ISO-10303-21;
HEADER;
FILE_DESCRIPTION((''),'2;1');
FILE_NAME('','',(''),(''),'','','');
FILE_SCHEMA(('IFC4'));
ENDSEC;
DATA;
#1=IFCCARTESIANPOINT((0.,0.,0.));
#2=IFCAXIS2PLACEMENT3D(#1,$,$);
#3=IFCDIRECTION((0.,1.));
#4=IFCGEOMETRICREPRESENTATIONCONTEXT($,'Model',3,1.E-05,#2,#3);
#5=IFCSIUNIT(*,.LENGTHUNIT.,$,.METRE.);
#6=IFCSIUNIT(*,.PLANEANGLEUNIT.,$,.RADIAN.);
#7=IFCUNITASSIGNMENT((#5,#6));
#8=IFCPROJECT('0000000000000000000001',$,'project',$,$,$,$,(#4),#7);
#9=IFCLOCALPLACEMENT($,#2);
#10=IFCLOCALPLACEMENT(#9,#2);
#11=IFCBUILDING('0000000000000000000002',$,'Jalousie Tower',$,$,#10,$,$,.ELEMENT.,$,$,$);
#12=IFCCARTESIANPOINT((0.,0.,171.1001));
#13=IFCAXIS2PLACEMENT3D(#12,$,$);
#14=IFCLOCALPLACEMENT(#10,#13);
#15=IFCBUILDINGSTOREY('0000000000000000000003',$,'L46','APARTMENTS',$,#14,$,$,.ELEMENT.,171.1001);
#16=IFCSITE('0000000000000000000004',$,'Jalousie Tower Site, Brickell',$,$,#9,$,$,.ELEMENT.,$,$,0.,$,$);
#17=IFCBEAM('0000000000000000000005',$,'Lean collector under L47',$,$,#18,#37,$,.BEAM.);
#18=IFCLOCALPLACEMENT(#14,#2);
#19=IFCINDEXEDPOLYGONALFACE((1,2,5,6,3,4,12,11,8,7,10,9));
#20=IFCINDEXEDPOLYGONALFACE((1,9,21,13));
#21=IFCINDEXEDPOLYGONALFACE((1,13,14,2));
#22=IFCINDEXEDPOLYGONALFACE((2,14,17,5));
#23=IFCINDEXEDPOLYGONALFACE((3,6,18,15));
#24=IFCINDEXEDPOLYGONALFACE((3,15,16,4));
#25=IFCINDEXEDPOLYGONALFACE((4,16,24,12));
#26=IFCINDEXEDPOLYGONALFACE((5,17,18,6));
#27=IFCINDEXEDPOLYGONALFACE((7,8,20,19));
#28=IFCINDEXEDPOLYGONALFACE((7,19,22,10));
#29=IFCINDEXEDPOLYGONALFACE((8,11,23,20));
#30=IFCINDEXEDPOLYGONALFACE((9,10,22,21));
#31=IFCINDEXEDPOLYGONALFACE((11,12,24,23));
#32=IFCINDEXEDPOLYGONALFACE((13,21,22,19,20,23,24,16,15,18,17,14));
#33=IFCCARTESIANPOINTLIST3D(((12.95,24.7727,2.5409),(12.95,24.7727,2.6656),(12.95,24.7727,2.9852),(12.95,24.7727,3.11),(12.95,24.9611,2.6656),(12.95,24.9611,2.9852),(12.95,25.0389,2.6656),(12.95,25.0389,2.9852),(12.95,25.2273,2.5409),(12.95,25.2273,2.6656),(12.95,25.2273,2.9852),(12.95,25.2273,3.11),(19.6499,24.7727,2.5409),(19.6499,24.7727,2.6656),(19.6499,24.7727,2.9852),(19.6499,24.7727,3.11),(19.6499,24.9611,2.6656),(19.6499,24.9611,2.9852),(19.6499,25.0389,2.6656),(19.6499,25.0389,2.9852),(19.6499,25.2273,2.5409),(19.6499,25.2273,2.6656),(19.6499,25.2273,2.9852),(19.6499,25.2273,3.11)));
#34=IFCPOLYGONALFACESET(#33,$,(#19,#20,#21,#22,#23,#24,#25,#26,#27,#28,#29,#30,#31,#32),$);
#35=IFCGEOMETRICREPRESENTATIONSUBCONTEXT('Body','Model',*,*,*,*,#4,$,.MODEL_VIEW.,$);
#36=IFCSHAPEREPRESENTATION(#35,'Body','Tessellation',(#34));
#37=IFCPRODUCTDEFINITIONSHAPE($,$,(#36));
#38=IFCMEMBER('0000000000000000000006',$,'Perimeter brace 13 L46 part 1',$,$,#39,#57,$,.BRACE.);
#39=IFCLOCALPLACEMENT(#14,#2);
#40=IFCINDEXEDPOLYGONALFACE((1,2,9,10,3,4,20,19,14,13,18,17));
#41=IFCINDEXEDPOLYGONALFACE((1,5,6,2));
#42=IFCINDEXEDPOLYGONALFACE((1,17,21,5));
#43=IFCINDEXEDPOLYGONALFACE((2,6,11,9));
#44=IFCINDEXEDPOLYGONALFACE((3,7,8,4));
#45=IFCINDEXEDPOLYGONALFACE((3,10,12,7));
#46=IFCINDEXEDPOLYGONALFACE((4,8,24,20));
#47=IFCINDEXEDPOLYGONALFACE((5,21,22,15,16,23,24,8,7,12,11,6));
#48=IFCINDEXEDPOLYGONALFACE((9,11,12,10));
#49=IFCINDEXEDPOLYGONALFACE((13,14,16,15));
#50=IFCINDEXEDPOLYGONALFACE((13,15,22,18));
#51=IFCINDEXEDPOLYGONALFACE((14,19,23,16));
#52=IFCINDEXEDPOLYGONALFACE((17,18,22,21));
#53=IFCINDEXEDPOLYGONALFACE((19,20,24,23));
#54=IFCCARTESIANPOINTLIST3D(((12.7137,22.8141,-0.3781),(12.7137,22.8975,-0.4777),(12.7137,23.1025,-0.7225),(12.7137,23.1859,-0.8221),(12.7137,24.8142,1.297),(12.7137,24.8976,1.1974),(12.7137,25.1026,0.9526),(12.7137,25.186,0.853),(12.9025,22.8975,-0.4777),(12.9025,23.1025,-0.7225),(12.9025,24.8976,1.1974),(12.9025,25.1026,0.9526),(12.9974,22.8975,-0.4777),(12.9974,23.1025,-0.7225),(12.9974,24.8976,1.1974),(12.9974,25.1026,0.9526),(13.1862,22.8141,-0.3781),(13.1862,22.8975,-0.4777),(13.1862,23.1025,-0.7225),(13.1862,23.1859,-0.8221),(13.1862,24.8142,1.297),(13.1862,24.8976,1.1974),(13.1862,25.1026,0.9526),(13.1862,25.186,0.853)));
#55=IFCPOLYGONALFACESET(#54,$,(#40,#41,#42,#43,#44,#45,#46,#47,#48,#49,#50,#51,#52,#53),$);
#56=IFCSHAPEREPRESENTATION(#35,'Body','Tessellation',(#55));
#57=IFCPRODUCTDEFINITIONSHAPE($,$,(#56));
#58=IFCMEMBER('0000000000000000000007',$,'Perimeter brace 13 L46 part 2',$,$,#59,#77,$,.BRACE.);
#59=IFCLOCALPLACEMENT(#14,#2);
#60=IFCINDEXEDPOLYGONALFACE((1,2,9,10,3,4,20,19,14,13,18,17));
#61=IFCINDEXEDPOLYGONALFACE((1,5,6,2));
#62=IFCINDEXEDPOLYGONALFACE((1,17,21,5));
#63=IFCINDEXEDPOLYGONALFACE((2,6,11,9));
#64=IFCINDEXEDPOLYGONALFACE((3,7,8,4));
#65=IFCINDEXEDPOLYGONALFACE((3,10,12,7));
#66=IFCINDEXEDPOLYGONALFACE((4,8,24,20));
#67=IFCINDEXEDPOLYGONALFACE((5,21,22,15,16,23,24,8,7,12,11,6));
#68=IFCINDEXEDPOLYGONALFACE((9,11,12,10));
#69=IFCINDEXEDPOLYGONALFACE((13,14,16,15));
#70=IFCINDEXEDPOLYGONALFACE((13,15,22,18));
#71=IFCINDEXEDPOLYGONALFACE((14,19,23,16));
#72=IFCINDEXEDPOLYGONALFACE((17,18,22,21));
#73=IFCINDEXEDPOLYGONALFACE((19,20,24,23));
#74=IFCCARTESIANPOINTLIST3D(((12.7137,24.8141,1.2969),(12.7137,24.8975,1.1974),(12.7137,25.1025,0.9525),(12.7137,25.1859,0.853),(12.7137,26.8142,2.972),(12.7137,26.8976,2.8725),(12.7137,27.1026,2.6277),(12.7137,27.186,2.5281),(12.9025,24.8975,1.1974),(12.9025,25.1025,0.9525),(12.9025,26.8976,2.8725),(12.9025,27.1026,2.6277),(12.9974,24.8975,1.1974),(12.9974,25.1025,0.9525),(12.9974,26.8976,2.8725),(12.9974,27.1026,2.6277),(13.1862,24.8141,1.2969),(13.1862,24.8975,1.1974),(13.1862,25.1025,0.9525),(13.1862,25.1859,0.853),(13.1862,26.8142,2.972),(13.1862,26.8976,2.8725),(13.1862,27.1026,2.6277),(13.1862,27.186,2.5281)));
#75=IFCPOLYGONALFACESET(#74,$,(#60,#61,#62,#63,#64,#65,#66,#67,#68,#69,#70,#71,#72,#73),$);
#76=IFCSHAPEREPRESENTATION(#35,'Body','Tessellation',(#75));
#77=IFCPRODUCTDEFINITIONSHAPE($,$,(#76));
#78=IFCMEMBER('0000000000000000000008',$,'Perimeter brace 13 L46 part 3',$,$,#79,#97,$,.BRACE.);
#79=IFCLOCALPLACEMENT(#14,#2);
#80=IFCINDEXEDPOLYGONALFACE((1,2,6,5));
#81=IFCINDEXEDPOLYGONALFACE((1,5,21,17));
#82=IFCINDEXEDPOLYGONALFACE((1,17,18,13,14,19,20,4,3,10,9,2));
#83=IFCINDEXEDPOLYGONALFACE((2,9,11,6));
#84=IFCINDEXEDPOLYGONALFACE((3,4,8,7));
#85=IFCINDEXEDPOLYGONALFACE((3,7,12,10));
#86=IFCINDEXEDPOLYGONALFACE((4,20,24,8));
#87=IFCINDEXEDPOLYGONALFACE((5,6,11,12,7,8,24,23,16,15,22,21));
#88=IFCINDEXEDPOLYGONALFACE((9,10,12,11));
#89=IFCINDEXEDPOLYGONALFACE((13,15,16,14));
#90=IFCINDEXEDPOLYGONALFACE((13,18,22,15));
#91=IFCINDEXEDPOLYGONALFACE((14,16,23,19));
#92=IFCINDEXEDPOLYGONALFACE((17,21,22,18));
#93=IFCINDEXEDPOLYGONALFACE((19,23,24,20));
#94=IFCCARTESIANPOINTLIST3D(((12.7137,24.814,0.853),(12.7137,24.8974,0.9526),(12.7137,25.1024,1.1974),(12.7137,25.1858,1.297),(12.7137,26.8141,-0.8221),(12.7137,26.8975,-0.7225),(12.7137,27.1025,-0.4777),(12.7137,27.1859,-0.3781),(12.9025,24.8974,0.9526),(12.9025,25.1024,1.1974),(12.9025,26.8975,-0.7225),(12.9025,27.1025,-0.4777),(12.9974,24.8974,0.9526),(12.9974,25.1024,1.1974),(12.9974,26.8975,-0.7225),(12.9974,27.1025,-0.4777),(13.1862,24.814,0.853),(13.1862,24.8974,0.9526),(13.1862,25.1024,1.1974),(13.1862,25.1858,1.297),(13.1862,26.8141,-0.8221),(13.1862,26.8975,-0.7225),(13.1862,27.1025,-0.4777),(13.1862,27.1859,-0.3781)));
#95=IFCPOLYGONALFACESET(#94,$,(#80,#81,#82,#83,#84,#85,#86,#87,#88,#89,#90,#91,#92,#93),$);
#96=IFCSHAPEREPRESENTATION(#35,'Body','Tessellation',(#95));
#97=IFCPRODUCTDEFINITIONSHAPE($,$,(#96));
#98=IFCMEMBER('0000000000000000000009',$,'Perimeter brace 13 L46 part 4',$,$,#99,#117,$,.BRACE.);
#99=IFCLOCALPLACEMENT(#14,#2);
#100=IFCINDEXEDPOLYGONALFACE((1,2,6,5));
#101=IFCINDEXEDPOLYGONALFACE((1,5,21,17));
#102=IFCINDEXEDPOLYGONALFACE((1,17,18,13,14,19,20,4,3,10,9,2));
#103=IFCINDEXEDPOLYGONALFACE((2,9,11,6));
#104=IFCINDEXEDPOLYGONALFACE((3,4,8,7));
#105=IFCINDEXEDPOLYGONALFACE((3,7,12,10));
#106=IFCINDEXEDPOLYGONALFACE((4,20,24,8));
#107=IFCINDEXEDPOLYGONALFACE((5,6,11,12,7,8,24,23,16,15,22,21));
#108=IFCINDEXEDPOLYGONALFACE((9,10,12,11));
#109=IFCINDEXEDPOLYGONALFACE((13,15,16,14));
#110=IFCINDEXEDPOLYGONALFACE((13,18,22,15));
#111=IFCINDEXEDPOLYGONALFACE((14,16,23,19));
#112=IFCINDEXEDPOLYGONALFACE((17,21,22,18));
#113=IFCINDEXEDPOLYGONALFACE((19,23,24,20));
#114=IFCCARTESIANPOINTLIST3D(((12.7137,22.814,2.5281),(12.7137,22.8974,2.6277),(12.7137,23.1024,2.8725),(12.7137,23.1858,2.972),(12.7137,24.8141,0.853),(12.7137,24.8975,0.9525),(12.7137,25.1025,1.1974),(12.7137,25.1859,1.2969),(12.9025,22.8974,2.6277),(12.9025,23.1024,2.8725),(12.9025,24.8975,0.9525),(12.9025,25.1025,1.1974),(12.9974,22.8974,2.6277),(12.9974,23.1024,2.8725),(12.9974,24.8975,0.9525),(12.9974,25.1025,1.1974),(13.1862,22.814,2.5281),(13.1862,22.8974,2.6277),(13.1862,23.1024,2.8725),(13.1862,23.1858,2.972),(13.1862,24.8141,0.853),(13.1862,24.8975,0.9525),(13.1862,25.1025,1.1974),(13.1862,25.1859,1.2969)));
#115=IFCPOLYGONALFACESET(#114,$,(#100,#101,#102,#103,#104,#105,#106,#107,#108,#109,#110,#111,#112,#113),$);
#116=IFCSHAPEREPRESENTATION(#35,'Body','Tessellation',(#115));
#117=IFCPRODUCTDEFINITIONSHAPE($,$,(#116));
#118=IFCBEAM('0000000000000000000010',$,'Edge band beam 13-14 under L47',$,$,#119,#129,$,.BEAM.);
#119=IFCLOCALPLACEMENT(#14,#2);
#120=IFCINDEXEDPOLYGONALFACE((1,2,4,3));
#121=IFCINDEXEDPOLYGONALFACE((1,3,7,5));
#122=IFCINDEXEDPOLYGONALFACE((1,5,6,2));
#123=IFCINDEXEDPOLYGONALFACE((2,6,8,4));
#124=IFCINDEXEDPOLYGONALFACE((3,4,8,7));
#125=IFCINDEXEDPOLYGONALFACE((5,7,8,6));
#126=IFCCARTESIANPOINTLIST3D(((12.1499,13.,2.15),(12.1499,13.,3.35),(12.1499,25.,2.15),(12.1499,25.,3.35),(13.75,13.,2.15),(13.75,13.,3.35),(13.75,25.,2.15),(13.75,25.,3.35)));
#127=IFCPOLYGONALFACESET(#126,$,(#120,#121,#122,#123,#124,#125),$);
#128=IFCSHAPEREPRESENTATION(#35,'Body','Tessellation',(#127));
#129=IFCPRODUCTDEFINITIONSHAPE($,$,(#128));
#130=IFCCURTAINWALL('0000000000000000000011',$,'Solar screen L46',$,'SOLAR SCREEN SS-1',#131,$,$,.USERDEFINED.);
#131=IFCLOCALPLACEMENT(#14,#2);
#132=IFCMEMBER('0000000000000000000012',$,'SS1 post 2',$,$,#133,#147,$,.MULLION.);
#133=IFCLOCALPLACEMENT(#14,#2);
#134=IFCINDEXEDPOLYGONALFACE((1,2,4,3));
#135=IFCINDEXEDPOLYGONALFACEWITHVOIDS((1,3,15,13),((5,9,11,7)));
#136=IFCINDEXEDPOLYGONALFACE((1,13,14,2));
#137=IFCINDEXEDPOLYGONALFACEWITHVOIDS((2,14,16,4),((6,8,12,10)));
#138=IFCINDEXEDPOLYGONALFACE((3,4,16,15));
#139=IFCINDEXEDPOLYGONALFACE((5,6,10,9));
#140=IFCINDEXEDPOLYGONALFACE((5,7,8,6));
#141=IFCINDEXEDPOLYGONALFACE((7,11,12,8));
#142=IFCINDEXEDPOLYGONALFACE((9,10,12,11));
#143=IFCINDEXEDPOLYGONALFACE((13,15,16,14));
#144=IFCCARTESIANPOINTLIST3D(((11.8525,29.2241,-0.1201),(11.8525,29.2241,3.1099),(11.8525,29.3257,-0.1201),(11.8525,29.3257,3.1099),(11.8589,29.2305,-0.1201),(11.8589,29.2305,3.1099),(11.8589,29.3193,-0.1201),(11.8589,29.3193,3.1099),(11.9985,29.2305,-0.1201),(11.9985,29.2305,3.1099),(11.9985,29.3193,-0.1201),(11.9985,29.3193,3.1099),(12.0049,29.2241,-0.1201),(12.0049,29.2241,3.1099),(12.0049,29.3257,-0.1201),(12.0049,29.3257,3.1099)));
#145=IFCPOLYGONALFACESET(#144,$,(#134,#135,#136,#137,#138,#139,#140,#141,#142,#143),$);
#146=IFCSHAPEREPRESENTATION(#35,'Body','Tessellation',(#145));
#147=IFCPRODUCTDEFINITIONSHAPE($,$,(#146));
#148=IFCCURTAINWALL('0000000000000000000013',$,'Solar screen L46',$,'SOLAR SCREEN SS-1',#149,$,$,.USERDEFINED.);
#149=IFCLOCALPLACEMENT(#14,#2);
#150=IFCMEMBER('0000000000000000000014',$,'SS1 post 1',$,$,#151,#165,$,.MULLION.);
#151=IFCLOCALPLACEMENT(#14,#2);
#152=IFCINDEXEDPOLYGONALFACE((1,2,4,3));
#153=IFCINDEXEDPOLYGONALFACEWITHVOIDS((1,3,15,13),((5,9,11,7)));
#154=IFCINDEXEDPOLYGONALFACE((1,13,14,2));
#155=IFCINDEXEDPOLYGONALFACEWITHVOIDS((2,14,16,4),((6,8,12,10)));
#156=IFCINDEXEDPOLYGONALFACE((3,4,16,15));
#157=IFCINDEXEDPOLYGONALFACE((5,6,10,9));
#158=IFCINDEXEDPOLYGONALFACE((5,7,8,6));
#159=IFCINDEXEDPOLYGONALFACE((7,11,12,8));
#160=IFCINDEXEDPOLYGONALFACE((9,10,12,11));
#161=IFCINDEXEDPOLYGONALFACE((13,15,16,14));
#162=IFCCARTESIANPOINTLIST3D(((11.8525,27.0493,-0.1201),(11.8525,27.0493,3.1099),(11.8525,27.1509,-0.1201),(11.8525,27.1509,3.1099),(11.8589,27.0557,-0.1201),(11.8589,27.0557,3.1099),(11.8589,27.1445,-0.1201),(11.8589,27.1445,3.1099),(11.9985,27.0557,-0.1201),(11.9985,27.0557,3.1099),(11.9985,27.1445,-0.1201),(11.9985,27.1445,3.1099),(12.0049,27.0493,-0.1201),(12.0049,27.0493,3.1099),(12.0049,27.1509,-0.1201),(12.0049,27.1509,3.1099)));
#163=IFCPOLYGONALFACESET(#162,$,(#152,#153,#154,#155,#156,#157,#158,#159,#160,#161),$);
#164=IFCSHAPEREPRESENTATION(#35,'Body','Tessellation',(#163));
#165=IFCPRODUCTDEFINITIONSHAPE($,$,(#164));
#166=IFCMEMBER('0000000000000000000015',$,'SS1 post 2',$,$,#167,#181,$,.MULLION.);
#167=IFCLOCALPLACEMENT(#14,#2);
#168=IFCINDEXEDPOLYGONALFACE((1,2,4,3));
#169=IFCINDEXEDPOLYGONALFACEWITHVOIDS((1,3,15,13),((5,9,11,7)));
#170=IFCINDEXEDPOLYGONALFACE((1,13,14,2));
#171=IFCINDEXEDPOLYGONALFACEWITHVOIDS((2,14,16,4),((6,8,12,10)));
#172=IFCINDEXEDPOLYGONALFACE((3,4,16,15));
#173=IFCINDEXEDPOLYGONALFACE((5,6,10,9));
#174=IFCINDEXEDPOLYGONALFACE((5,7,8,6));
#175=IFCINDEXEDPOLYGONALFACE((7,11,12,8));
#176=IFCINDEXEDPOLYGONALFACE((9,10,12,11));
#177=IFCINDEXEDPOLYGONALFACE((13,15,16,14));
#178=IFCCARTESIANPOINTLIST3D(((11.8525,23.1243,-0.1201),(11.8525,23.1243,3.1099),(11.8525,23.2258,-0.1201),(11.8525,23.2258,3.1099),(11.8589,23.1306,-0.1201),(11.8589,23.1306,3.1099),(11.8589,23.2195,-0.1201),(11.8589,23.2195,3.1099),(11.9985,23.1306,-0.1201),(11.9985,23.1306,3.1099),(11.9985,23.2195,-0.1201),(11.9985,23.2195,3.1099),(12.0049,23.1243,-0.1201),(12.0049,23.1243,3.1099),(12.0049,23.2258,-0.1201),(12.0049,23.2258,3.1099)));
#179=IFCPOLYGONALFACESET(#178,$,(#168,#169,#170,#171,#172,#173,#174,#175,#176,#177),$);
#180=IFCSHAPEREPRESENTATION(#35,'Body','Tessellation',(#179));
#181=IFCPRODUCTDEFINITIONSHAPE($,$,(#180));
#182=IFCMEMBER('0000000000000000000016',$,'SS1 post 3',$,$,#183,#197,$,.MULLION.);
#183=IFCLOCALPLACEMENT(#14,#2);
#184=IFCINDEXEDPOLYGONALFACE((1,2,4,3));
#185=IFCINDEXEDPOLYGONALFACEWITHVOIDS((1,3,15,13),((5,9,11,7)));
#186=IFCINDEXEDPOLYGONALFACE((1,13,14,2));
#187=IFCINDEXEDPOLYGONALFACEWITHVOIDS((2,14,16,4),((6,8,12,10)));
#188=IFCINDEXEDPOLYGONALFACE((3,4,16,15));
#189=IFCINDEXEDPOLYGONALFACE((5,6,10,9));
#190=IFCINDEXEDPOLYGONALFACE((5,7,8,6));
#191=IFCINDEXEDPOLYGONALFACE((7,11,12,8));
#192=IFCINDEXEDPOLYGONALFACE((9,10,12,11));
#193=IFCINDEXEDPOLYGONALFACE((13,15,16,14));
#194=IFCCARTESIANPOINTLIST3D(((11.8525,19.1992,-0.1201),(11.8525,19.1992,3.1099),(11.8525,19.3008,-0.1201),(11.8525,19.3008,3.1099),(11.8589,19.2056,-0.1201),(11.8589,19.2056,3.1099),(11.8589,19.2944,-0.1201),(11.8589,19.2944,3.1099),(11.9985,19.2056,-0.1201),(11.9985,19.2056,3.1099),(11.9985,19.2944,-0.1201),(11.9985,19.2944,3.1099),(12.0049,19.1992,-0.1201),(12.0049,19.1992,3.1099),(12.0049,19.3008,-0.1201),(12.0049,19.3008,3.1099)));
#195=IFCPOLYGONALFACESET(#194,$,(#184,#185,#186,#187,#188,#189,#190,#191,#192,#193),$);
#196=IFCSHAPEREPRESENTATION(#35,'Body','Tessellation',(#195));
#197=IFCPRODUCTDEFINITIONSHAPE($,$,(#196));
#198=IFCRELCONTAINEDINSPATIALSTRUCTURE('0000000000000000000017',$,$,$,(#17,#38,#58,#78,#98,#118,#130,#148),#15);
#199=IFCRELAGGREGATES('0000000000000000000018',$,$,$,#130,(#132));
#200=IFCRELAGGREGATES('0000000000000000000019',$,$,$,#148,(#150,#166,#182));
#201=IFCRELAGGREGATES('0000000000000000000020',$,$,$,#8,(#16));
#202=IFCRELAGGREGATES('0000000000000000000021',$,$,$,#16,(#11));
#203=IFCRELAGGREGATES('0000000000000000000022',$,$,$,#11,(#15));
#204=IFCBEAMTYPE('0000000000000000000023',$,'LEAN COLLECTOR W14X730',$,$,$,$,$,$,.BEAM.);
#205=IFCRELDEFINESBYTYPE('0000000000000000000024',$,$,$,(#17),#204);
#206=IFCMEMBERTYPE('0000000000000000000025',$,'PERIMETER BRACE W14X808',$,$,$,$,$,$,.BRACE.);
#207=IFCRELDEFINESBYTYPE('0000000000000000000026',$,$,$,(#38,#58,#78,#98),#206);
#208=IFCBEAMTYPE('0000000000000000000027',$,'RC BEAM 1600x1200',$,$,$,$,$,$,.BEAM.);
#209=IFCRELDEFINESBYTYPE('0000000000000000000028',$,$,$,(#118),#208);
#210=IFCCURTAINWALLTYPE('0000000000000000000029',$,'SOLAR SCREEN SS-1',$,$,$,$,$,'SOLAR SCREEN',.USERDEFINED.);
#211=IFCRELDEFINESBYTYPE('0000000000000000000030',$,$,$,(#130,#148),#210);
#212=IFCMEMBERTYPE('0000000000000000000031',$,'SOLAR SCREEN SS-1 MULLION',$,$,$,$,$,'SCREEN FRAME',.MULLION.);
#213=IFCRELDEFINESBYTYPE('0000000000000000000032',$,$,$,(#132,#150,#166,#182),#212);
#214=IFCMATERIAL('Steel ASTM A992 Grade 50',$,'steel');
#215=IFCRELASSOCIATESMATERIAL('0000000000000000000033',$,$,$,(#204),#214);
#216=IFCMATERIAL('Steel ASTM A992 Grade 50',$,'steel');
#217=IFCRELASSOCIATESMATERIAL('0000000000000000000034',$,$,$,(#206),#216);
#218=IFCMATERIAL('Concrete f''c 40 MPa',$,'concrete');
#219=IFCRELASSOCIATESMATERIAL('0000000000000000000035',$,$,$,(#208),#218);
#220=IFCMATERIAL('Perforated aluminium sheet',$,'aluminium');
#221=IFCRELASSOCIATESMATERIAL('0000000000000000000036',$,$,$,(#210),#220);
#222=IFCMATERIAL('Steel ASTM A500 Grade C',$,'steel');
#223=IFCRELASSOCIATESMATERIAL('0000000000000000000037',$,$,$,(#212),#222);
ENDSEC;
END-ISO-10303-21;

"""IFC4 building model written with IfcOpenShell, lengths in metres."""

from ifc_helpers import new_model, si_unit, direction, frame, origin, origin_2d, place, context, subcontext, project, spatial, rectangle, hollow_rectangle, i_section, extrude, material, material_profile, profile_set, type_object, element, aggregate, save


model = new_model("IFC4")

# Units and contexts
model_context = context("Model", 3, precision=1e-05, world=origin(), true_north=direction((0.0, 1.0)))
body_context = subcontext(model_context, "Body", "Model", "MODEL_VIEW")
ifc_project = project(units=[si_unit("LENGTHUNIT", "METRE"), si_unit("PLANEANGLEUNIT", "RADIAN")], contexts=[model_context])

# Site, building, storey
site_placement = place(None, origin())
site = spatial("IfcSite", under=ifc_project, at=site_placement, Name="Jalousie Tower Site, Brickell", CompositionType="ELEMENT", RefElevation=0.0)
building_placement = place(site_placement, origin())
building = spatial("IfcBuilding", under=site, at=building_placement, Name="Jalousie Tower", CompositionType="ELEMENT")
storey_placement = place(building_placement, frame((0.0, 0.0, 171.1001)))
storey = spatial("IfcBuildingStorey", under=building, at=storey_placement, Name="L46", Description="APARTMENTS", CompositionType="ELEMENT", Elevation=171.1001)

# Beam
ifc_material_1 = material(Name="Steel ASTM A992 Grade 50", Category="steel")
ifc_material_profile_1 = material_profile(ifc_material_1, i_section(OverallWidth=0.4546, OverallDepth=0.5691, WebThickness=0.0779, FlangeThickness=0.1248, at=origin_2d()), Name="W14X730")
ifc_profile_set_1 = profile_set([ifc_material_profile_1], Name="Steel ASTM A992 Grade 50")
beam_type_1 = type_object("IfcBeamType", Name="LEAN COLLECTOR W14X730", PredefinedType="BEAM", material=ifc_profile_set_1)
beam_1_placement = place(storey_placement, frame((12.95, 25.0, 2.8254), z_axis=(1.0, 0.0, 0.0), x_axis=(0.0, 1.0, 0.0)))
element("IfcBeam", 1, at=beam_1_placement, inside=storey, type_object=beam_type_1, Name="Lean collector under L47", PredefinedType="BEAM", context=body_context, shape_type="SweptSolid", body=[
    extrude(i_section(OverallWidth=0.4546, OverallDepth=0.5691, WebThickness=0.0779, FlangeThickness=0.1248, at=origin_2d()), origin(), (0.0, 0.0, 1.0), 6.7),
])

# Members
ifc_material_2 = material(Name="Steel ASTM A992 Grade 50", Category="steel")
ifc_material_profile_2 = material_profile(ifc_material_2, i_section(OverallWidth=0.4724, OverallDepth=0.5791, WebThickness=0.095, FlangeThickness=0.1299, at=origin_2d()), Name="W14X808")
ifc_profile_set_2 = profile_set([ifc_material_profile_2], Name="Steel ASTM A992 Grade 50")
member_type_1 = type_object("IfcMemberType", Name="PERIMETER BRACE W14X808", PredefinedType="BRACE", material=ifc_profile_set_2)
for number, where, z_axis, x_axis, name in (
    (2, (12.95, 23.0, -0.6001), (0.0, 0.766639, 0.642079), (-1.0, 0.0, 0.0), "Perimeter brace 13 L46 part 1"),
    (3, (12.95, 25.0, 1.075), (0.0, 0.766639, 0.642079), (-1.0, 0.0, 0.0), "Perimeter brace 13 L46 part 2"),
    (4, (12.95, 27.0, -0.6001), (0.0, -0.766639, 0.642079), (1.0, 0.0, 0.0), "Perimeter brace 13 L46 part 3"),
    (5, (12.95, 25.0, 1.075), (0.0, -0.766639, 0.642079), (1.0, 0.0, 0.0), "Perimeter brace 13 L46 part 4"),
):
    element("IfcMember", number, at=place(storey_placement, frame(where, z_axis=z_axis, x_axis=x_axis)), inside=storey, type_object=member_type_1, Name=name, PredefinedType="BRACE", context=body_context, shape_type="SweptSolid", body=[
        extrude(i_section(OverallWidth=0.4724, OverallDepth=0.5791, WebThickness=0.095, FlangeThickness=0.1299, at=origin_2d()), origin(), (0.0, 0.0, 1.0), 2.6089),
    ])

# Beam
ifc_material_3 = material(Name="Concrete f'c 40 MPa", Category="concrete")
ifc_material_profile_3 = material_profile(ifc_material_3, rectangle(XDim=1.6001, YDim=1.2, at=origin_2d()), Name="RC 1600x1200")
ifc_profile_set_3 = profile_set([ifc_material_profile_3], Name="Concrete f'c 40 MPa")
beam_type_2 = type_object("IfcBeamType", Name="RC BEAM 1600x1200", PredefinedType="BEAM", material=ifc_profile_set_3)
beam_2_placement = place(storey_placement, frame((12.95, 25.0, 2.75), z_axis=(0.0, -1.0, 0.0), x_axis=(1.0, 0.0, 0.0)))
element("IfcBeam", 6, at=beam_2_placement, inside=storey, type_object=beam_type_2, Name="Edge band beam 13-14 under L47", PredefinedType="BEAM", context=body_context, shape_type="SweptSolid", body=[
    extrude(rectangle(XDim=1.6001, YDim=1.2, at=origin_2d()), origin(), (0.0, 0.0, 1.0), 12.0),
])

# Curtain wall, member
ifc_material_4 = material(Name="Perforated aluminium sheet", Category="aluminium")
curtain_wall_type = type_object("IfcCurtainWallType", Name="SOLAR SCREEN SS-1", ElementType="SOLAR SCREEN", PredefinedType="USERDEFINED", material=ifc_material_4)
curtain_wall_1_placement = place(storey_placement, origin())
curtain_wall_1 = element("IfcCurtainWall", 7, at=curtain_wall_1_placement, inside=storey, type_object=curtain_wall_type, Name="Solar screen L46", ObjectType="SOLAR SCREEN SS-1", PredefinedType="USERDEFINED")
ifc_material_5 = material(Name="Steel ASTM A500 Grade C", Category="steel")
ifc_material_profile_4 = material_profile(ifc_material_5, hollow_rectangle(XDim=0.1016, YDim=0.1523, WallThickness=0.0063, at=origin_2d()), Name="HSS6X4X1/4")
ifc_profile_set_4 = profile_set([ifc_material_profile_4], Name="Steel ASTM A500 Grade C")
member_type_2 = type_object("IfcMemberType", Name="SOLAR SCREEN SS-1 MULLION", ElementType="SCREEN FRAME", PredefinedType="MULLION", material=ifc_profile_set_4)
member_1_placement = place(storey_placement, frame((11.9287, 29.2749, -0.1201), z_axis=(0.0, 0.0, 1.0), x_axis=(0.0, -1.0, 0.0)))
member_1 = element("IfcMember", 8, at=member_1_placement, type_object=member_type_2, Name="SS1 post 2", PredefinedType="MULLION", context=body_context, shape_type="SweptSolid", body=[
    extrude(hollow_rectangle(XDim=0.1016, YDim=0.1523, WallThickness=0.0063, at=origin_2d()), origin(), (0.0, 0.0, 1.0), 3.23),
])
aggregate(curtain_wall_1, [member_1])

# Curtain wall, members
curtain_wall_2_placement = place(storey_placement, origin())
curtain_wall_2 = element("IfcCurtainWall", 9, at=curtain_wall_2_placement, inside=storey, type_object=curtain_wall_type, Name="Solar screen L46", ObjectType="SOLAR SCREEN SS-1", PredefinedType="USERDEFINED")
member_2_placement = place(storey_placement, frame((11.9287, 27.1001, -0.1201), z_axis=(0.0, 0.0, 1.0), x_axis=(0.0, -1.0, 0.0)))
member_2 = element("IfcMember", 10, at=member_2_placement, type_object=member_type_2, Name="SS1 post 1", PredefinedType="MULLION", context=body_context, shape_type="SweptSolid", body=[
    extrude(hollow_rectangle(XDim=0.1016, YDim=0.1523, WallThickness=0.0063, at=origin_2d()), origin(), (0.0, 0.0, 1.0), 3.23),
])
member_3_placement = place(storey_placement, frame((11.9287, 23.175, -0.1201), z_axis=(0.0, 0.0, 1.0), x_axis=(0.0, -1.0, 0.0)))
member_3 = element("IfcMember", 11, at=member_3_placement, type_object=member_type_2, Name="SS1 post 2", PredefinedType="MULLION", context=body_context, shape_type="SweptSolid", body=[
    extrude(hollow_rectangle(XDim=0.1016, YDim=0.1523, WallThickness=0.0063, at=origin_2d()), origin(), (0.0, 0.0, 1.0), 3.23),
])
member_4_placement = place(storey_placement, frame((11.9287, 19.25, -0.1201), z_axis=(0.0, 0.0, 1.0), x_axis=(0.0, -1.0, 0.0)))
member_4 = element("IfcMember", 12, at=member_4_placement, type_object=member_type_2, Name="SS1 post 3", PredefinedType="MULLION", context=body_context, shape_type="SweptSolid", body=[
    extrude(hollow_rectangle(XDim=0.1016, YDim=0.1523, WallThickness=0.0063, at=origin_2d()), origin(), (0.0, 0.0, 1.0), 3.23),
])
aggregate(curtain_wall_2, [member_2, member_3, member_4])

save(model, "model.ifc")
